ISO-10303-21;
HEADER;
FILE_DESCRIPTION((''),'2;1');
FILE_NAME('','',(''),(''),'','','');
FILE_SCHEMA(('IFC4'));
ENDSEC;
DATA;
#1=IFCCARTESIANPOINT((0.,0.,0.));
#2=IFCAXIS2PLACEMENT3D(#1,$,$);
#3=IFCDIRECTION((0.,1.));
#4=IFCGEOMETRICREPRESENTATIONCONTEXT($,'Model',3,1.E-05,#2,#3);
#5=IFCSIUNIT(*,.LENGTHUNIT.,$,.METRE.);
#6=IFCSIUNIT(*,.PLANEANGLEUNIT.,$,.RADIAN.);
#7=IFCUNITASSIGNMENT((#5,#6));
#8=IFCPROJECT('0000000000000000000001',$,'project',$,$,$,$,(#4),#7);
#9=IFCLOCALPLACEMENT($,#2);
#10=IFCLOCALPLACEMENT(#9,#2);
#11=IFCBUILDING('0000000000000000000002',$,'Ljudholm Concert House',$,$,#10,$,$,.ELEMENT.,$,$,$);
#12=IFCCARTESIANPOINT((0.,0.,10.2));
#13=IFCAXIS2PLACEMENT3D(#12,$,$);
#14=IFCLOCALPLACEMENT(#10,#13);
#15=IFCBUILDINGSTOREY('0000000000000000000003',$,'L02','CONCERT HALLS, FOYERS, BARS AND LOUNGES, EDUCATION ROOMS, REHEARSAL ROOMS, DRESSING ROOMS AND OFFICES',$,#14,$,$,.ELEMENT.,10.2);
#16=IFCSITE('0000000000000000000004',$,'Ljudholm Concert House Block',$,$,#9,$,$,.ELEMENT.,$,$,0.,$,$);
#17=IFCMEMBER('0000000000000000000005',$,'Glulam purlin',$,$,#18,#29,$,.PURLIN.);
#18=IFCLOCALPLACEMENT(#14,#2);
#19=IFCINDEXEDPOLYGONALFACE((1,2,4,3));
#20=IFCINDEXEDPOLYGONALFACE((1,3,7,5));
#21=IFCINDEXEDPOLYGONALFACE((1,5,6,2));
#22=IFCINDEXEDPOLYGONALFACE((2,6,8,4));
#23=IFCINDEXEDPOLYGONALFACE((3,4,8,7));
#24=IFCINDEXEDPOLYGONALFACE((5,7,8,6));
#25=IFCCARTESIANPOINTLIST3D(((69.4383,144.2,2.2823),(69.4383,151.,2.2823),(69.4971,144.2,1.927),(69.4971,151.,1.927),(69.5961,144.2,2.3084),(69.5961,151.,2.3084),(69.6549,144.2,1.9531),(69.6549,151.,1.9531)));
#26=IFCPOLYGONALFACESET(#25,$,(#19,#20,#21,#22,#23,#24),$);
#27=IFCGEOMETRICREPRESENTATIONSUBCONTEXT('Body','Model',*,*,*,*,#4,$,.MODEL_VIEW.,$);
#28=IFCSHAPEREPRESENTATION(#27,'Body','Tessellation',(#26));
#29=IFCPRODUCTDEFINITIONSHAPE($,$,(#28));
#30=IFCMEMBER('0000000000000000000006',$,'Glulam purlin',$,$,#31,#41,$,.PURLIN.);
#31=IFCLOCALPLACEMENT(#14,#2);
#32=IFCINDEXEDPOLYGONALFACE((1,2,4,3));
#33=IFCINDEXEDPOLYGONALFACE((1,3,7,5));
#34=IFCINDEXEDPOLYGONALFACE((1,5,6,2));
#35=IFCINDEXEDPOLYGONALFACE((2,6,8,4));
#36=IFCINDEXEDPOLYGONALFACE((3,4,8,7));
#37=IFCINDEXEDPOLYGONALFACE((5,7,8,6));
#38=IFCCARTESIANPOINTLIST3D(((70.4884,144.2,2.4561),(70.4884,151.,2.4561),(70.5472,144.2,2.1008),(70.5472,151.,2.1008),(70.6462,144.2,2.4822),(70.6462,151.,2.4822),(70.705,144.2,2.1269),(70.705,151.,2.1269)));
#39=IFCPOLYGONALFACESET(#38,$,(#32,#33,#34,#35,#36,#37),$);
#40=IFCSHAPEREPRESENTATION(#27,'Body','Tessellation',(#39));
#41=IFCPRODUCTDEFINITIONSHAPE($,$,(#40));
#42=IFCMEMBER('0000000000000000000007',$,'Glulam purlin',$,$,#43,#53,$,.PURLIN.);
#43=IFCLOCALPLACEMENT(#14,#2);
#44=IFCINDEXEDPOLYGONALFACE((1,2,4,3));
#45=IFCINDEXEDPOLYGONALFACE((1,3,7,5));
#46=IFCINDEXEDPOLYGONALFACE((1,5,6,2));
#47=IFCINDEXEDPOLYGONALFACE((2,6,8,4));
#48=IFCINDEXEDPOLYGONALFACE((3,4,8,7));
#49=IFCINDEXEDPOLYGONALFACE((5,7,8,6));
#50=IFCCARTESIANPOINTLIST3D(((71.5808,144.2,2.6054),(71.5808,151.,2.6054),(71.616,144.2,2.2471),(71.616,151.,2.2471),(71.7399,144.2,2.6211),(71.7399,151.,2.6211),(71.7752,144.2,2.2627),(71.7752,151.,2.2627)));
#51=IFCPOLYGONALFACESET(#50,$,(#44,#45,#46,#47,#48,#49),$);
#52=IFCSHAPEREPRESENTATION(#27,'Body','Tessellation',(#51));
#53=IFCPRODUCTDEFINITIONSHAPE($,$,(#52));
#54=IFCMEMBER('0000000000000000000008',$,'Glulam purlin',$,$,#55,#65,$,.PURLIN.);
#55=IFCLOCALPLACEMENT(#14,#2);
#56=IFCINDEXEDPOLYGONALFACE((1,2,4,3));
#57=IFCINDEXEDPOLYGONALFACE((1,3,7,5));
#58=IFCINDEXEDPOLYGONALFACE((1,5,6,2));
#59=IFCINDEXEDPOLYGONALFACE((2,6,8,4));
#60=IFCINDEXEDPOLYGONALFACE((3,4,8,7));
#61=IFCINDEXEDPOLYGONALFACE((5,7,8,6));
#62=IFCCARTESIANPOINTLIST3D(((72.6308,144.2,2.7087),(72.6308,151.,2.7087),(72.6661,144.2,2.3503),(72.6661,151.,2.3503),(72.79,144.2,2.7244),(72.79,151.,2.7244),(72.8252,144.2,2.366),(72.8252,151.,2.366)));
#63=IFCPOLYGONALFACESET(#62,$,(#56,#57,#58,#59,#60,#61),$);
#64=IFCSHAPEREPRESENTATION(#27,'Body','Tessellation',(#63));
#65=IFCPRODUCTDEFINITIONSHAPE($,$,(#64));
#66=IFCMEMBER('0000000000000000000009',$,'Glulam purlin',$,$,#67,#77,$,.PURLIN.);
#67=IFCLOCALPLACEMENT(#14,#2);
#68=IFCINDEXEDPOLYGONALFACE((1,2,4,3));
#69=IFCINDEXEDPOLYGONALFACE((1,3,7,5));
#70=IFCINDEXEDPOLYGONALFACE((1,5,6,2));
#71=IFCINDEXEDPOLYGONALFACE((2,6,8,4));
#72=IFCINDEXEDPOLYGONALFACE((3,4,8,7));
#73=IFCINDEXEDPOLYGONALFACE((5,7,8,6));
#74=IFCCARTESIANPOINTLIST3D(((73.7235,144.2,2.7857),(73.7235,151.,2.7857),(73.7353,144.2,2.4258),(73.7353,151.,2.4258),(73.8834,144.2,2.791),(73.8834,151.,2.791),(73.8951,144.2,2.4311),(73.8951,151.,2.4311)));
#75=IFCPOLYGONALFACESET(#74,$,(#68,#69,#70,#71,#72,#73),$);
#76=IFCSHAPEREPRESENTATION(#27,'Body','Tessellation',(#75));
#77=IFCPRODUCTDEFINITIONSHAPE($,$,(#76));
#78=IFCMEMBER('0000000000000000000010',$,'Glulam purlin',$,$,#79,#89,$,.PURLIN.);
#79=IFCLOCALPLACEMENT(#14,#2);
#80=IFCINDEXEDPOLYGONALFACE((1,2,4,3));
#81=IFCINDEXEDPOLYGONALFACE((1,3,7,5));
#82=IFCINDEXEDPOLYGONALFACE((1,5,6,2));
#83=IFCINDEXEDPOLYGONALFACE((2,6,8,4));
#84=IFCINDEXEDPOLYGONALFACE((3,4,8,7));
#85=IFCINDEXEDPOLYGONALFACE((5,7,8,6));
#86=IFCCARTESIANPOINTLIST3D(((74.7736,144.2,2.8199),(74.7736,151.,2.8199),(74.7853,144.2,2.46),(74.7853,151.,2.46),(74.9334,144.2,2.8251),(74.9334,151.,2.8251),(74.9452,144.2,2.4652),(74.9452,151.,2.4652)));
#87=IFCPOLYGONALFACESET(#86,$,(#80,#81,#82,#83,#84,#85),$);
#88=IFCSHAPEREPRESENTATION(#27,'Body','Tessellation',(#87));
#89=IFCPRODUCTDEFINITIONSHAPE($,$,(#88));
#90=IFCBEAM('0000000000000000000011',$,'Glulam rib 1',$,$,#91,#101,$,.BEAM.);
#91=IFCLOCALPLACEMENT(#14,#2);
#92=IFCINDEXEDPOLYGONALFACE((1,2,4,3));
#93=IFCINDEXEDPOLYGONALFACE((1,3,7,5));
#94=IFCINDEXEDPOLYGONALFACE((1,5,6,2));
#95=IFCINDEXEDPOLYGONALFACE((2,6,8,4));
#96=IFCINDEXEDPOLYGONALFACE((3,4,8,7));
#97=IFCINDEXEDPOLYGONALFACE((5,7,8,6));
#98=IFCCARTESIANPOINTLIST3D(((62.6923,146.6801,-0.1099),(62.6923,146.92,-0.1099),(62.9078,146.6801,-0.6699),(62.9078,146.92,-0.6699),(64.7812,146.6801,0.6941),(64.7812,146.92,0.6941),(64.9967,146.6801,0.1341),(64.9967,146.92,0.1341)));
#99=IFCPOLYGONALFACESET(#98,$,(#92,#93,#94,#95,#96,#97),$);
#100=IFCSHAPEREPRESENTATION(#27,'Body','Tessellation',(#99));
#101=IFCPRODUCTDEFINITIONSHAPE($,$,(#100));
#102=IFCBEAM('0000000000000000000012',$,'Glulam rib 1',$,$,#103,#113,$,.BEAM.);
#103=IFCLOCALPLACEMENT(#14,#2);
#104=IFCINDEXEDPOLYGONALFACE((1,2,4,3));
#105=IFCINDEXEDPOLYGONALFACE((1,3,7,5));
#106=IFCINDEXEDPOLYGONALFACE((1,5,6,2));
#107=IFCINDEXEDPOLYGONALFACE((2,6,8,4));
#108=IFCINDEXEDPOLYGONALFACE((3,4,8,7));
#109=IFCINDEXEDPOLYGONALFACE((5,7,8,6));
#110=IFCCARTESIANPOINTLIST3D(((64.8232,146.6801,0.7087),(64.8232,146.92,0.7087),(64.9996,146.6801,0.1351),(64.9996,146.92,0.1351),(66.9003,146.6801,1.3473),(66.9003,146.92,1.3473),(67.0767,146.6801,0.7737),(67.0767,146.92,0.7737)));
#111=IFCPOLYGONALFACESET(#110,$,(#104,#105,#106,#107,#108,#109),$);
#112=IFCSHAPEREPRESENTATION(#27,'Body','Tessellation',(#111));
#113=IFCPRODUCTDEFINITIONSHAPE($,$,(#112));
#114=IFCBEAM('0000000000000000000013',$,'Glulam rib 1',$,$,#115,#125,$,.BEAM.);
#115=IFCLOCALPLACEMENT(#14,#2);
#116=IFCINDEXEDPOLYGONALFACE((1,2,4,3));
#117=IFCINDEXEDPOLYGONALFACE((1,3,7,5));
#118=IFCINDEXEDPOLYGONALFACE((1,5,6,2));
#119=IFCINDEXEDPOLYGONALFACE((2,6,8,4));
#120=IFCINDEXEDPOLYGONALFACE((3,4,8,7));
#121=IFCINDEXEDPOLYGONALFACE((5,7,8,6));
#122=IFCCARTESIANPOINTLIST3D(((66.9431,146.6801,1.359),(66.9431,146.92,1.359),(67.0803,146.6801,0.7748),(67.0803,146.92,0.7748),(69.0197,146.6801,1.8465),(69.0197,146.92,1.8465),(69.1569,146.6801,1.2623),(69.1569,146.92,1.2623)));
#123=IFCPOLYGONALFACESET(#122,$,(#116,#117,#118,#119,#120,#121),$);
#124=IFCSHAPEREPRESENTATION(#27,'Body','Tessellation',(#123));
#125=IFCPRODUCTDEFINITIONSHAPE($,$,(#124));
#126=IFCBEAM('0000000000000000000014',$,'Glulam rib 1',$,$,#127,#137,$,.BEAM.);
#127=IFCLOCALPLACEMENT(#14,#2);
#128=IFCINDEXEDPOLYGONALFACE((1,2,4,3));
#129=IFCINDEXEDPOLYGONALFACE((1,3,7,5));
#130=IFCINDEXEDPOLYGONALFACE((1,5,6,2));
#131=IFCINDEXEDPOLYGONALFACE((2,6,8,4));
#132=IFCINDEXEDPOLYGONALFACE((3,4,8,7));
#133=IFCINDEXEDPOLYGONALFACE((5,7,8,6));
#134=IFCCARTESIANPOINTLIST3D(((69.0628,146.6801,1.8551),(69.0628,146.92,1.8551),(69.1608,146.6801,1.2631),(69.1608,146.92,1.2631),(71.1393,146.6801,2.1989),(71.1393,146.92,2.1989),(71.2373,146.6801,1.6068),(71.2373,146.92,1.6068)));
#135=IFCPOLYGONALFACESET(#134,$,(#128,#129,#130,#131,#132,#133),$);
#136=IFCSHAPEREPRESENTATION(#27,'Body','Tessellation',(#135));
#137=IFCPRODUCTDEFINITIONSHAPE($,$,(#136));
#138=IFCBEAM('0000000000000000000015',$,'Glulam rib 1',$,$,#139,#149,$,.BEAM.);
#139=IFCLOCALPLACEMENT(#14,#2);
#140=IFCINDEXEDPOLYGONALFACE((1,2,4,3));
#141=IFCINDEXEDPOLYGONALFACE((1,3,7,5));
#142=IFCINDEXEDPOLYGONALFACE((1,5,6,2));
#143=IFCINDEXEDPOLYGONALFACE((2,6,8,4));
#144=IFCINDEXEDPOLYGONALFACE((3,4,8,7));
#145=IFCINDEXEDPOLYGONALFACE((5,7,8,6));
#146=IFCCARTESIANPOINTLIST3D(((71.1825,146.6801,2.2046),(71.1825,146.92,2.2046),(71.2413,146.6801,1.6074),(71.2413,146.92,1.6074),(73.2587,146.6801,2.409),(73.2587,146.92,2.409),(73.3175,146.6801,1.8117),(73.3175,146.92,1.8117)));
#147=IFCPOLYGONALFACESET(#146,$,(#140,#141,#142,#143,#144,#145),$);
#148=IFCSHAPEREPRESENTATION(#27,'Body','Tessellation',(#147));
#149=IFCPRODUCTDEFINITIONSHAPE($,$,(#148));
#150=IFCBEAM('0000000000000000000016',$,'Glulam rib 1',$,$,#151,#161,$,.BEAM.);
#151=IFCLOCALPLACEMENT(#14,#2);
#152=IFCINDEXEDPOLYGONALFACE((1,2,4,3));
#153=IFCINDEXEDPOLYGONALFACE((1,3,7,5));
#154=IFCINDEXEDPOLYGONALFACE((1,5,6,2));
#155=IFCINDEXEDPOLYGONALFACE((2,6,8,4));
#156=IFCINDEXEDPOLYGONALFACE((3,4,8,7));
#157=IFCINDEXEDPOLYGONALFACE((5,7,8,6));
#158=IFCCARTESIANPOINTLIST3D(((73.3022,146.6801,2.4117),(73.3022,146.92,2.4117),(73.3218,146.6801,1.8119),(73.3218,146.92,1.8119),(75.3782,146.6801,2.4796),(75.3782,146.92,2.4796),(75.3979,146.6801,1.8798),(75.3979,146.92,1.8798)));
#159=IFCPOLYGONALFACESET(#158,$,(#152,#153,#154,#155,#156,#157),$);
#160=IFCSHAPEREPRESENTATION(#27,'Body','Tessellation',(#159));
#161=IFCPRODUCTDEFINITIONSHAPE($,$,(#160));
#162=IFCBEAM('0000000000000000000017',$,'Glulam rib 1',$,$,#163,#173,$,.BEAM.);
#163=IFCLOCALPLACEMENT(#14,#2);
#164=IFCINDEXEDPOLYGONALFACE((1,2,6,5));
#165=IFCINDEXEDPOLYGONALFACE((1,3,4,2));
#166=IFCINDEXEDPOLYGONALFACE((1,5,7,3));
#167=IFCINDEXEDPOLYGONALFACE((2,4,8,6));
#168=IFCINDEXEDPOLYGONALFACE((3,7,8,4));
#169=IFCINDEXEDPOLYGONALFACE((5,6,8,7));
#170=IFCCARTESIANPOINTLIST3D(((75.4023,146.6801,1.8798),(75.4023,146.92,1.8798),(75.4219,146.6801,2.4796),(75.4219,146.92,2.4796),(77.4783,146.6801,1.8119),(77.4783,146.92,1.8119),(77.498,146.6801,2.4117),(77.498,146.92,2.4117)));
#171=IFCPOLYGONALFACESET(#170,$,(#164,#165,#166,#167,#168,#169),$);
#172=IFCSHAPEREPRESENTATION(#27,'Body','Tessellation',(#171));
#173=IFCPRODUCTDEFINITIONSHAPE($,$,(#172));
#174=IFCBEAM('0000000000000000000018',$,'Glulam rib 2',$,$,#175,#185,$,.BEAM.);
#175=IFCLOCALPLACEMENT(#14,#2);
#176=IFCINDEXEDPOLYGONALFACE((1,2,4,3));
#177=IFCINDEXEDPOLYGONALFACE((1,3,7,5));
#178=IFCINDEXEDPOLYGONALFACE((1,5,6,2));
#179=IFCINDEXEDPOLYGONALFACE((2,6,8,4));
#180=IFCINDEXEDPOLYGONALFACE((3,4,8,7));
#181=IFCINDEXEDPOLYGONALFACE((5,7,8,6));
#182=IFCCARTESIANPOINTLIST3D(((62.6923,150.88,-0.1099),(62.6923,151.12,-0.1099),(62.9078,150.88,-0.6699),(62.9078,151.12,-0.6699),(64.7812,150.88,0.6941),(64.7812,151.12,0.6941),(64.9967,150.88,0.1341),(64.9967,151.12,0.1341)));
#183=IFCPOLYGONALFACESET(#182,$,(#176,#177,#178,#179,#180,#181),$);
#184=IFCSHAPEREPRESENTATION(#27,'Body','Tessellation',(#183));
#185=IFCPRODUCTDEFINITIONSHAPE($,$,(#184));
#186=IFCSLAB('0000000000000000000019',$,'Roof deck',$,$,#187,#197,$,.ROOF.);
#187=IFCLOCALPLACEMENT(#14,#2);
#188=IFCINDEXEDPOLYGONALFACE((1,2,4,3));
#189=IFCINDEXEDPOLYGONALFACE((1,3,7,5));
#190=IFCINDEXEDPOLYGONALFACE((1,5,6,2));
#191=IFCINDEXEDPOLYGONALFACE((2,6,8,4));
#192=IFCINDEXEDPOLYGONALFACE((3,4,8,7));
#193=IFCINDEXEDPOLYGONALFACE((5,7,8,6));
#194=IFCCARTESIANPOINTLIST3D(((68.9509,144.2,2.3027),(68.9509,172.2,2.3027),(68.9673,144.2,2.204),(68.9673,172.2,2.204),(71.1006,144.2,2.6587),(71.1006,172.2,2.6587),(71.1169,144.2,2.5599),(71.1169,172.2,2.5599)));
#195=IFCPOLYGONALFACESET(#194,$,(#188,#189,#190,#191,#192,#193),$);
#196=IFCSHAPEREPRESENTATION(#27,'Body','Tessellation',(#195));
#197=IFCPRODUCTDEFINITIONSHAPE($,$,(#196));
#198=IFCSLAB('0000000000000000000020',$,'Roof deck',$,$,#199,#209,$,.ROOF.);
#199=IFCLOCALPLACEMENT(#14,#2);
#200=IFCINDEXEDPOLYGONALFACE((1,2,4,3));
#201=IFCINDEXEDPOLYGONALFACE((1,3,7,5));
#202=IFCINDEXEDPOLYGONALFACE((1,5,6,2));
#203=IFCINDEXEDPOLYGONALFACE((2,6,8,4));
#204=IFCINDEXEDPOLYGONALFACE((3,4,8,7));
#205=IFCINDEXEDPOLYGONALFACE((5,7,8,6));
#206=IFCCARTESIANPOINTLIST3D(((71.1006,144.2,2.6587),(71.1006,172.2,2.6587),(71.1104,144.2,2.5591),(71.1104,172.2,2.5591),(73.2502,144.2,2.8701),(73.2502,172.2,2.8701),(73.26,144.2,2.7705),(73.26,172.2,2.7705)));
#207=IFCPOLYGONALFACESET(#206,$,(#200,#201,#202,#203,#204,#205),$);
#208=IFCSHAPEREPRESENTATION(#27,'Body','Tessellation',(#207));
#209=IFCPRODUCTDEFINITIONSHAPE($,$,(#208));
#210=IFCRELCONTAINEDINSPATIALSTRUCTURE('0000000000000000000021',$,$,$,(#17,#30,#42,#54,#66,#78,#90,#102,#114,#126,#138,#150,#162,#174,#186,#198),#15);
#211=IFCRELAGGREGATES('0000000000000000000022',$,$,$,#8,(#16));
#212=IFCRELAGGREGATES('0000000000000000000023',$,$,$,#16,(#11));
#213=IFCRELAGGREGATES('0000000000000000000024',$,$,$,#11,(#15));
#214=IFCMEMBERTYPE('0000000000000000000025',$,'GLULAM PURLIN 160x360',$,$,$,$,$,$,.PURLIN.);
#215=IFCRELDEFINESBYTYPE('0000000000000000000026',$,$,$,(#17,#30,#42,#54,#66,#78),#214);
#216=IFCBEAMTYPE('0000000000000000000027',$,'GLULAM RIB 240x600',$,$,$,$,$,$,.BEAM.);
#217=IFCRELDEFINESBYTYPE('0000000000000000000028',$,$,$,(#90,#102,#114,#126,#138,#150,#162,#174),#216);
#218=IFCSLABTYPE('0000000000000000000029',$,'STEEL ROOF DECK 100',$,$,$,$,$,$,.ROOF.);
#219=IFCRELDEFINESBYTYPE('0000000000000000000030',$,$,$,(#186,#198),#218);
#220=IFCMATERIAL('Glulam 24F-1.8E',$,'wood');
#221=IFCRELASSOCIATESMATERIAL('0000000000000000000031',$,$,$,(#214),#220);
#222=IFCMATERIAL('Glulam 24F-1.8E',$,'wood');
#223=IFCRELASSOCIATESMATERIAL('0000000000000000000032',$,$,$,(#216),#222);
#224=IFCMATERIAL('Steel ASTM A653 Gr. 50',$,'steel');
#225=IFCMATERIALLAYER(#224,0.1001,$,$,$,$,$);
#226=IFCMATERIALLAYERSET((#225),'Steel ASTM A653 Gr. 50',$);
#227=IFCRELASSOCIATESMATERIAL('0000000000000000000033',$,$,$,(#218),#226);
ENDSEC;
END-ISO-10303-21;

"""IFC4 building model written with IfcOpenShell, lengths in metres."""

from ifc_helpers import new_model, si_unit, direction, frame, origin, origin_2d, place, context, subcontext, project, spatial, polyline, rectangle, outline, extrude, material, layer, layer_set, material_profile, profile_set, type_object, element, save


model = new_model("IFC4")

# Units and contexts
model_context = context("Model", 3, precision=1e-05, world=origin(), true_north=direction((0.0, 1.0)))
body_context = subcontext(model_context, "Body", "Model", "MODEL_VIEW")
ifc_project = project(units=[si_unit("LENGTHUNIT", "METRE"), si_unit("PLANEANGLEUNIT", "RADIAN")], contexts=[model_context])

# Site, building, storey
site_placement = place(None, origin())
site = spatial("IfcSite", under=ifc_project, at=site_placement, Name="Ljudholm Concert House Block", CompositionType="ELEMENT", RefElevation=0.0)
building_placement = place(site_placement, origin())
building = spatial("IfcBuilding", under=site, at=building_placement, Name="Ljudholm Concert House", CompositionType="ELEMENT")
storey_placement = place(building_placement, frame((0.0, 0.0, 10.2)))
storey = spatial("IfcBuildingStorey", under=building, at=storey_placement, Name="L02", Description="CONCERT HALLS, FOYERS, BARS AND LOUNGES, EDUCATION ROOMS, REHEARSAL ROOMS, DRESSING ROOMS AND OFFICES", CompositionType="ELEMENT", Elevation=10.2)

# Members
ifc_material_1 = material(Name="Glulam 24F-1.8E", Category="wood")
ifc_material_profile_1 = material_profile(ifc_material_1, rectangle(XDim=0.1599, YDim=0.3601, at=origin_2d()), Name="GLULAM PURLIN 160x360")
ifc_profile_set_1 = profile_set([ifc_material_profile_1], Name="Glulam 24F-1.8E")
member_type = type_object("IfcMemberType", Name="GLULAM PURLIN 160x360", PredefinedType="PURLIN", material=ifc_profile_set_1)
for number, where, z_axis, x_axis, name in (
    (1, (69.5466, 144.2, 2.1177), (0.0, 1.0, 0.0), (-0.986581, 0.0, -0.163275), "Glulam purlin"),
    (2, (70.5967, 144.2, 2.2915), (0.0, 1.0, 0.0), (-0.986581, 0.0, -0.163275), "Glulam purlin"),
    (3, (71.678, 144.2, 2.4341), (0.0, 1.0, 0.0), (-0.99519, 0.0, -0.097964), "Glulam purlin"),
    (4, (72.728, 144.2, 2.5374), (0.0, 1.0, 0.0), (-0.99519, 0.0, -0.097964), "Glulam purlin"),
    (5, (73.8093, 144.2, 2.6084), (0.0, 1.0, 0.0), (-0.999467, 0.0, -0.032655), "Glulam purlin"),
    (6, (74.8594, 144.2, 2.6426), (0.0, 1.0, 0.0), (-0.999467, 0.0, -0.032655), "Glulam purlin"),
):
    element("IfcMember", number, at=place(storey_placement, frame(where, z_axis=z_axis, x_axis=x_axis)), inside=storey, type_object=member_type, Name=name, PredefinedType="PURLIN", context=body_context, shape_type="SweptSolid", body=[
        extrude(rectangle(XDim=0.1599, YDim=0.3601, at=origin_2d()), origin(), (0.0, 0.0, 1.0), 6.8),
    ])

# Beams
ifc_material_2 = material(Name="Glulam 24F-1.8E", Category="wood")
ifc_material_profile_2 = material_profile(ifc_material_2, rectangle(XDim=0.24, YDim=0.6001, at=origin_2d()), Name="GLULAM RIB 240x600")
ifc_profile_set_2 = profile_set([ifc_material_profile_2], Name="Glulam 24F-1.8E")
beam_type = type_object("IfcBeamType", Name="GLULAM RIB 240x600", PredefinedType="BEAM", material=ifc_profile_set_2)
beam_1_placement = place(storey_placement, frame((62.8, 146.8, -0.3899), z_axis=(0.933264, 0.0, 0.359191), x_axis=(0.0, 1.0, 0.0)))
element("IfcBeam", 7, at=beam_1_placement, inside=storey, type_object=beam_type, Name="Glulam rib 1", PredefinedType="BEAM", context=body_context, shape_type="SweptSolid", body=[
    extrude(rectangle(XDim=0.24, YDim=0.6001, at=origin_2d()), origin(), (0.0, 0.0, 1.0), 2.2383),
])
beam_2_placement = place(storey_placement, frame((64.9114, 146.8, 0.4219), z_axis=(0.955837, 0.0, 0.293896), x_axis=(0.0, 1.0, 0.0)))
element("IfcBeam", 8, at=beam_2_placement, inside=storey, type_object=beam_type, Name="Glulam rib 1", PredefinedType="BEAM", context=body_context, shape_type="SweptSolid", body=[
    extrude(rectangle(XDim=0.24, YDim=0.6001, at=origin_2d()), origin(), (0.0, 0.0, 1.0), 2.1731),
])
beam_3_placement = place(storey_placement, frame((67.0117, 146.8, 1.0669), z_axis=(0.97353, 0.0, 0.228561), x_axis=(0.0, 1.0, 0.0)))
element("IfcBeam", 9, at=beam_3_placement, inside=storey, type_object=beam_type, Name="Glulam rib 1", PredefinedType="BEAM", context=body_context, shape_type="SweptSolid", body=[
    extrude(rectangle(XDim=0.24, YDim=0.6001, at=origin_2d()), origin(), (0.0, 0.0, 1.0), 2.1331),
])
beam_4_placement = place(storey_placement, frame((69.1118, 146.8, 1.5591), z_axis=(0.986572, 0.0, 0.163327), x_axis=(0.0, 1.0, 0.0)))
element("IfcBeam", 10, at=beam_4_placement, inside=storey, type_object=beam_type, Name="Glulam rib 1", PredefinedType="BEAM", context=body_context, shape_type="SweptSolid", body=[
    extrude(rectangle(XDim=0.24, YDim=0.6001, at=origin_2d()), origin(), (0.0, 0.0, 1.0), 2.1047),
])
beam_5_placement = place(storey_placement, frame((71.2119, 146.8, 1.906), z_axis=(0.995191, 0.0, 0.097951), x_axis=(0.0, 1.0, 0.0)))
element("IfcBeam", 11, at=beam_5_placement, inside=storey, type_object=beam_type, Name="Glulam rib 1", PredefinedType="BEAM", context=body_context, shape_type="SweptSolid", body=[
    extrude(rectangle(XDim=0.24, YDim=0.6001, at=origin_2d()), origin(), (0.0, 0.0, 1.0), 2.0862),
])
for number, where, z_axis, x_axis, name in (
    (12, (73.312, 146.8, 2.1118), (0.999466, 0.0, 0.032677), (0.0, 1.0, 0.0), "Glulam rib 1"),
    (13, (75.4121, 146.8, 2.1797), (0.999466, 0.0, -0.032677), (0.0, 1.0, 0.0), "Glulam rib 1"),
):
    element("IfcBeam", number, at=place(storey_placement, frame(where, z_axis=z_axis, x_axis=x_axis)), inside=storey, type_object=beam_type, Name=name, PredefinedType="BEAM", context=body_context, shape_type="SweptSolid", body=[
        extrude(rectangle(XDim=0.24, YDim=0.6001, at=origin_2d()), origin(), (0.0, 0.0, 1.0), 2.0771),
    ])
beam_6_placement = place(storey_placement, frame((62.8, 151.0, -0.3899), z_axis=(0.933264, 0.0, 0.359191), x_axis=(0.0, 1.0, 0.0)))
element("IfcBeam", 14, at=beam_6_placement, inside=storey, type_object=beam_type, Name="Glulam rib 2", PredefinedType="BEAM", context=body_context, shape_type="SweptSolid", body=[
    extrude(rectangle(XDim=0.24, YDim=0.6001, at=origin_2d()), origin(), (0.0, 0.0, 1.0), 2.2383),
])

# Slabs
ifc_material_3 = material(Name="Steel ASTM A653 Gr. 50", Category="steel")
ifc_layer_1 = layer(ifc_material_3, 0.1001)
ifc_layer_set_1 = layer_set([ifc_layer_1], Name="Steel ASTM A653 Gr. 50")
slab_type = type_object("IfcSlabType", Name="STEEL ROOF DECK 100", PredefinedType="ROOF", material=ifc_layer_set_1)
slab_1_placement = place(storey_placement, frame((68.9509, 144.2, 2.3027), z_axis=(-0.163363, 0.0, 0.986566), x_axis=(0.986566, 0.0, 0.163363)))
element("IfcSlab", 15, at=slab_1_placement, inside=storey, type_object=slab_type, Name="Roof deck", PredefinedType="ROOF", context=body_context, shape_type="SweptSolid", body=[
    extrude(outline(polyline([(0.0, 0.0), (2.1789, 0.0), (2.1789, 28.0), (0.0, 28.0), (0.0, 0.0)])), origin(), (0.0, 0.0, -1.0), 0.1001),
])
slab_2_placement = place(storey_placement, frame((71.1006, 144.2, 2.6587), z_axis=(-0.097881, 0.0, 0.995198), x_axis=(0.995198, 0.0, 0.097881)))
element("IfcSlab", 16, at=slab_2_placement, inside=storey, type_object=slab_type, Name="Roof deck", PredefinedType="ROOF", context=body_context, shape_type="SweptSolid", body=[
    extrude(outline(polyline([(0.0, 0.0), (2.16, 0.0), (2.16, 28.0), (0.0, 28.0), (0.0, 0.0)])), origin(), (0.0, 0.0, -1.0), 0.1001),
])

save(model, "model.ifc")
